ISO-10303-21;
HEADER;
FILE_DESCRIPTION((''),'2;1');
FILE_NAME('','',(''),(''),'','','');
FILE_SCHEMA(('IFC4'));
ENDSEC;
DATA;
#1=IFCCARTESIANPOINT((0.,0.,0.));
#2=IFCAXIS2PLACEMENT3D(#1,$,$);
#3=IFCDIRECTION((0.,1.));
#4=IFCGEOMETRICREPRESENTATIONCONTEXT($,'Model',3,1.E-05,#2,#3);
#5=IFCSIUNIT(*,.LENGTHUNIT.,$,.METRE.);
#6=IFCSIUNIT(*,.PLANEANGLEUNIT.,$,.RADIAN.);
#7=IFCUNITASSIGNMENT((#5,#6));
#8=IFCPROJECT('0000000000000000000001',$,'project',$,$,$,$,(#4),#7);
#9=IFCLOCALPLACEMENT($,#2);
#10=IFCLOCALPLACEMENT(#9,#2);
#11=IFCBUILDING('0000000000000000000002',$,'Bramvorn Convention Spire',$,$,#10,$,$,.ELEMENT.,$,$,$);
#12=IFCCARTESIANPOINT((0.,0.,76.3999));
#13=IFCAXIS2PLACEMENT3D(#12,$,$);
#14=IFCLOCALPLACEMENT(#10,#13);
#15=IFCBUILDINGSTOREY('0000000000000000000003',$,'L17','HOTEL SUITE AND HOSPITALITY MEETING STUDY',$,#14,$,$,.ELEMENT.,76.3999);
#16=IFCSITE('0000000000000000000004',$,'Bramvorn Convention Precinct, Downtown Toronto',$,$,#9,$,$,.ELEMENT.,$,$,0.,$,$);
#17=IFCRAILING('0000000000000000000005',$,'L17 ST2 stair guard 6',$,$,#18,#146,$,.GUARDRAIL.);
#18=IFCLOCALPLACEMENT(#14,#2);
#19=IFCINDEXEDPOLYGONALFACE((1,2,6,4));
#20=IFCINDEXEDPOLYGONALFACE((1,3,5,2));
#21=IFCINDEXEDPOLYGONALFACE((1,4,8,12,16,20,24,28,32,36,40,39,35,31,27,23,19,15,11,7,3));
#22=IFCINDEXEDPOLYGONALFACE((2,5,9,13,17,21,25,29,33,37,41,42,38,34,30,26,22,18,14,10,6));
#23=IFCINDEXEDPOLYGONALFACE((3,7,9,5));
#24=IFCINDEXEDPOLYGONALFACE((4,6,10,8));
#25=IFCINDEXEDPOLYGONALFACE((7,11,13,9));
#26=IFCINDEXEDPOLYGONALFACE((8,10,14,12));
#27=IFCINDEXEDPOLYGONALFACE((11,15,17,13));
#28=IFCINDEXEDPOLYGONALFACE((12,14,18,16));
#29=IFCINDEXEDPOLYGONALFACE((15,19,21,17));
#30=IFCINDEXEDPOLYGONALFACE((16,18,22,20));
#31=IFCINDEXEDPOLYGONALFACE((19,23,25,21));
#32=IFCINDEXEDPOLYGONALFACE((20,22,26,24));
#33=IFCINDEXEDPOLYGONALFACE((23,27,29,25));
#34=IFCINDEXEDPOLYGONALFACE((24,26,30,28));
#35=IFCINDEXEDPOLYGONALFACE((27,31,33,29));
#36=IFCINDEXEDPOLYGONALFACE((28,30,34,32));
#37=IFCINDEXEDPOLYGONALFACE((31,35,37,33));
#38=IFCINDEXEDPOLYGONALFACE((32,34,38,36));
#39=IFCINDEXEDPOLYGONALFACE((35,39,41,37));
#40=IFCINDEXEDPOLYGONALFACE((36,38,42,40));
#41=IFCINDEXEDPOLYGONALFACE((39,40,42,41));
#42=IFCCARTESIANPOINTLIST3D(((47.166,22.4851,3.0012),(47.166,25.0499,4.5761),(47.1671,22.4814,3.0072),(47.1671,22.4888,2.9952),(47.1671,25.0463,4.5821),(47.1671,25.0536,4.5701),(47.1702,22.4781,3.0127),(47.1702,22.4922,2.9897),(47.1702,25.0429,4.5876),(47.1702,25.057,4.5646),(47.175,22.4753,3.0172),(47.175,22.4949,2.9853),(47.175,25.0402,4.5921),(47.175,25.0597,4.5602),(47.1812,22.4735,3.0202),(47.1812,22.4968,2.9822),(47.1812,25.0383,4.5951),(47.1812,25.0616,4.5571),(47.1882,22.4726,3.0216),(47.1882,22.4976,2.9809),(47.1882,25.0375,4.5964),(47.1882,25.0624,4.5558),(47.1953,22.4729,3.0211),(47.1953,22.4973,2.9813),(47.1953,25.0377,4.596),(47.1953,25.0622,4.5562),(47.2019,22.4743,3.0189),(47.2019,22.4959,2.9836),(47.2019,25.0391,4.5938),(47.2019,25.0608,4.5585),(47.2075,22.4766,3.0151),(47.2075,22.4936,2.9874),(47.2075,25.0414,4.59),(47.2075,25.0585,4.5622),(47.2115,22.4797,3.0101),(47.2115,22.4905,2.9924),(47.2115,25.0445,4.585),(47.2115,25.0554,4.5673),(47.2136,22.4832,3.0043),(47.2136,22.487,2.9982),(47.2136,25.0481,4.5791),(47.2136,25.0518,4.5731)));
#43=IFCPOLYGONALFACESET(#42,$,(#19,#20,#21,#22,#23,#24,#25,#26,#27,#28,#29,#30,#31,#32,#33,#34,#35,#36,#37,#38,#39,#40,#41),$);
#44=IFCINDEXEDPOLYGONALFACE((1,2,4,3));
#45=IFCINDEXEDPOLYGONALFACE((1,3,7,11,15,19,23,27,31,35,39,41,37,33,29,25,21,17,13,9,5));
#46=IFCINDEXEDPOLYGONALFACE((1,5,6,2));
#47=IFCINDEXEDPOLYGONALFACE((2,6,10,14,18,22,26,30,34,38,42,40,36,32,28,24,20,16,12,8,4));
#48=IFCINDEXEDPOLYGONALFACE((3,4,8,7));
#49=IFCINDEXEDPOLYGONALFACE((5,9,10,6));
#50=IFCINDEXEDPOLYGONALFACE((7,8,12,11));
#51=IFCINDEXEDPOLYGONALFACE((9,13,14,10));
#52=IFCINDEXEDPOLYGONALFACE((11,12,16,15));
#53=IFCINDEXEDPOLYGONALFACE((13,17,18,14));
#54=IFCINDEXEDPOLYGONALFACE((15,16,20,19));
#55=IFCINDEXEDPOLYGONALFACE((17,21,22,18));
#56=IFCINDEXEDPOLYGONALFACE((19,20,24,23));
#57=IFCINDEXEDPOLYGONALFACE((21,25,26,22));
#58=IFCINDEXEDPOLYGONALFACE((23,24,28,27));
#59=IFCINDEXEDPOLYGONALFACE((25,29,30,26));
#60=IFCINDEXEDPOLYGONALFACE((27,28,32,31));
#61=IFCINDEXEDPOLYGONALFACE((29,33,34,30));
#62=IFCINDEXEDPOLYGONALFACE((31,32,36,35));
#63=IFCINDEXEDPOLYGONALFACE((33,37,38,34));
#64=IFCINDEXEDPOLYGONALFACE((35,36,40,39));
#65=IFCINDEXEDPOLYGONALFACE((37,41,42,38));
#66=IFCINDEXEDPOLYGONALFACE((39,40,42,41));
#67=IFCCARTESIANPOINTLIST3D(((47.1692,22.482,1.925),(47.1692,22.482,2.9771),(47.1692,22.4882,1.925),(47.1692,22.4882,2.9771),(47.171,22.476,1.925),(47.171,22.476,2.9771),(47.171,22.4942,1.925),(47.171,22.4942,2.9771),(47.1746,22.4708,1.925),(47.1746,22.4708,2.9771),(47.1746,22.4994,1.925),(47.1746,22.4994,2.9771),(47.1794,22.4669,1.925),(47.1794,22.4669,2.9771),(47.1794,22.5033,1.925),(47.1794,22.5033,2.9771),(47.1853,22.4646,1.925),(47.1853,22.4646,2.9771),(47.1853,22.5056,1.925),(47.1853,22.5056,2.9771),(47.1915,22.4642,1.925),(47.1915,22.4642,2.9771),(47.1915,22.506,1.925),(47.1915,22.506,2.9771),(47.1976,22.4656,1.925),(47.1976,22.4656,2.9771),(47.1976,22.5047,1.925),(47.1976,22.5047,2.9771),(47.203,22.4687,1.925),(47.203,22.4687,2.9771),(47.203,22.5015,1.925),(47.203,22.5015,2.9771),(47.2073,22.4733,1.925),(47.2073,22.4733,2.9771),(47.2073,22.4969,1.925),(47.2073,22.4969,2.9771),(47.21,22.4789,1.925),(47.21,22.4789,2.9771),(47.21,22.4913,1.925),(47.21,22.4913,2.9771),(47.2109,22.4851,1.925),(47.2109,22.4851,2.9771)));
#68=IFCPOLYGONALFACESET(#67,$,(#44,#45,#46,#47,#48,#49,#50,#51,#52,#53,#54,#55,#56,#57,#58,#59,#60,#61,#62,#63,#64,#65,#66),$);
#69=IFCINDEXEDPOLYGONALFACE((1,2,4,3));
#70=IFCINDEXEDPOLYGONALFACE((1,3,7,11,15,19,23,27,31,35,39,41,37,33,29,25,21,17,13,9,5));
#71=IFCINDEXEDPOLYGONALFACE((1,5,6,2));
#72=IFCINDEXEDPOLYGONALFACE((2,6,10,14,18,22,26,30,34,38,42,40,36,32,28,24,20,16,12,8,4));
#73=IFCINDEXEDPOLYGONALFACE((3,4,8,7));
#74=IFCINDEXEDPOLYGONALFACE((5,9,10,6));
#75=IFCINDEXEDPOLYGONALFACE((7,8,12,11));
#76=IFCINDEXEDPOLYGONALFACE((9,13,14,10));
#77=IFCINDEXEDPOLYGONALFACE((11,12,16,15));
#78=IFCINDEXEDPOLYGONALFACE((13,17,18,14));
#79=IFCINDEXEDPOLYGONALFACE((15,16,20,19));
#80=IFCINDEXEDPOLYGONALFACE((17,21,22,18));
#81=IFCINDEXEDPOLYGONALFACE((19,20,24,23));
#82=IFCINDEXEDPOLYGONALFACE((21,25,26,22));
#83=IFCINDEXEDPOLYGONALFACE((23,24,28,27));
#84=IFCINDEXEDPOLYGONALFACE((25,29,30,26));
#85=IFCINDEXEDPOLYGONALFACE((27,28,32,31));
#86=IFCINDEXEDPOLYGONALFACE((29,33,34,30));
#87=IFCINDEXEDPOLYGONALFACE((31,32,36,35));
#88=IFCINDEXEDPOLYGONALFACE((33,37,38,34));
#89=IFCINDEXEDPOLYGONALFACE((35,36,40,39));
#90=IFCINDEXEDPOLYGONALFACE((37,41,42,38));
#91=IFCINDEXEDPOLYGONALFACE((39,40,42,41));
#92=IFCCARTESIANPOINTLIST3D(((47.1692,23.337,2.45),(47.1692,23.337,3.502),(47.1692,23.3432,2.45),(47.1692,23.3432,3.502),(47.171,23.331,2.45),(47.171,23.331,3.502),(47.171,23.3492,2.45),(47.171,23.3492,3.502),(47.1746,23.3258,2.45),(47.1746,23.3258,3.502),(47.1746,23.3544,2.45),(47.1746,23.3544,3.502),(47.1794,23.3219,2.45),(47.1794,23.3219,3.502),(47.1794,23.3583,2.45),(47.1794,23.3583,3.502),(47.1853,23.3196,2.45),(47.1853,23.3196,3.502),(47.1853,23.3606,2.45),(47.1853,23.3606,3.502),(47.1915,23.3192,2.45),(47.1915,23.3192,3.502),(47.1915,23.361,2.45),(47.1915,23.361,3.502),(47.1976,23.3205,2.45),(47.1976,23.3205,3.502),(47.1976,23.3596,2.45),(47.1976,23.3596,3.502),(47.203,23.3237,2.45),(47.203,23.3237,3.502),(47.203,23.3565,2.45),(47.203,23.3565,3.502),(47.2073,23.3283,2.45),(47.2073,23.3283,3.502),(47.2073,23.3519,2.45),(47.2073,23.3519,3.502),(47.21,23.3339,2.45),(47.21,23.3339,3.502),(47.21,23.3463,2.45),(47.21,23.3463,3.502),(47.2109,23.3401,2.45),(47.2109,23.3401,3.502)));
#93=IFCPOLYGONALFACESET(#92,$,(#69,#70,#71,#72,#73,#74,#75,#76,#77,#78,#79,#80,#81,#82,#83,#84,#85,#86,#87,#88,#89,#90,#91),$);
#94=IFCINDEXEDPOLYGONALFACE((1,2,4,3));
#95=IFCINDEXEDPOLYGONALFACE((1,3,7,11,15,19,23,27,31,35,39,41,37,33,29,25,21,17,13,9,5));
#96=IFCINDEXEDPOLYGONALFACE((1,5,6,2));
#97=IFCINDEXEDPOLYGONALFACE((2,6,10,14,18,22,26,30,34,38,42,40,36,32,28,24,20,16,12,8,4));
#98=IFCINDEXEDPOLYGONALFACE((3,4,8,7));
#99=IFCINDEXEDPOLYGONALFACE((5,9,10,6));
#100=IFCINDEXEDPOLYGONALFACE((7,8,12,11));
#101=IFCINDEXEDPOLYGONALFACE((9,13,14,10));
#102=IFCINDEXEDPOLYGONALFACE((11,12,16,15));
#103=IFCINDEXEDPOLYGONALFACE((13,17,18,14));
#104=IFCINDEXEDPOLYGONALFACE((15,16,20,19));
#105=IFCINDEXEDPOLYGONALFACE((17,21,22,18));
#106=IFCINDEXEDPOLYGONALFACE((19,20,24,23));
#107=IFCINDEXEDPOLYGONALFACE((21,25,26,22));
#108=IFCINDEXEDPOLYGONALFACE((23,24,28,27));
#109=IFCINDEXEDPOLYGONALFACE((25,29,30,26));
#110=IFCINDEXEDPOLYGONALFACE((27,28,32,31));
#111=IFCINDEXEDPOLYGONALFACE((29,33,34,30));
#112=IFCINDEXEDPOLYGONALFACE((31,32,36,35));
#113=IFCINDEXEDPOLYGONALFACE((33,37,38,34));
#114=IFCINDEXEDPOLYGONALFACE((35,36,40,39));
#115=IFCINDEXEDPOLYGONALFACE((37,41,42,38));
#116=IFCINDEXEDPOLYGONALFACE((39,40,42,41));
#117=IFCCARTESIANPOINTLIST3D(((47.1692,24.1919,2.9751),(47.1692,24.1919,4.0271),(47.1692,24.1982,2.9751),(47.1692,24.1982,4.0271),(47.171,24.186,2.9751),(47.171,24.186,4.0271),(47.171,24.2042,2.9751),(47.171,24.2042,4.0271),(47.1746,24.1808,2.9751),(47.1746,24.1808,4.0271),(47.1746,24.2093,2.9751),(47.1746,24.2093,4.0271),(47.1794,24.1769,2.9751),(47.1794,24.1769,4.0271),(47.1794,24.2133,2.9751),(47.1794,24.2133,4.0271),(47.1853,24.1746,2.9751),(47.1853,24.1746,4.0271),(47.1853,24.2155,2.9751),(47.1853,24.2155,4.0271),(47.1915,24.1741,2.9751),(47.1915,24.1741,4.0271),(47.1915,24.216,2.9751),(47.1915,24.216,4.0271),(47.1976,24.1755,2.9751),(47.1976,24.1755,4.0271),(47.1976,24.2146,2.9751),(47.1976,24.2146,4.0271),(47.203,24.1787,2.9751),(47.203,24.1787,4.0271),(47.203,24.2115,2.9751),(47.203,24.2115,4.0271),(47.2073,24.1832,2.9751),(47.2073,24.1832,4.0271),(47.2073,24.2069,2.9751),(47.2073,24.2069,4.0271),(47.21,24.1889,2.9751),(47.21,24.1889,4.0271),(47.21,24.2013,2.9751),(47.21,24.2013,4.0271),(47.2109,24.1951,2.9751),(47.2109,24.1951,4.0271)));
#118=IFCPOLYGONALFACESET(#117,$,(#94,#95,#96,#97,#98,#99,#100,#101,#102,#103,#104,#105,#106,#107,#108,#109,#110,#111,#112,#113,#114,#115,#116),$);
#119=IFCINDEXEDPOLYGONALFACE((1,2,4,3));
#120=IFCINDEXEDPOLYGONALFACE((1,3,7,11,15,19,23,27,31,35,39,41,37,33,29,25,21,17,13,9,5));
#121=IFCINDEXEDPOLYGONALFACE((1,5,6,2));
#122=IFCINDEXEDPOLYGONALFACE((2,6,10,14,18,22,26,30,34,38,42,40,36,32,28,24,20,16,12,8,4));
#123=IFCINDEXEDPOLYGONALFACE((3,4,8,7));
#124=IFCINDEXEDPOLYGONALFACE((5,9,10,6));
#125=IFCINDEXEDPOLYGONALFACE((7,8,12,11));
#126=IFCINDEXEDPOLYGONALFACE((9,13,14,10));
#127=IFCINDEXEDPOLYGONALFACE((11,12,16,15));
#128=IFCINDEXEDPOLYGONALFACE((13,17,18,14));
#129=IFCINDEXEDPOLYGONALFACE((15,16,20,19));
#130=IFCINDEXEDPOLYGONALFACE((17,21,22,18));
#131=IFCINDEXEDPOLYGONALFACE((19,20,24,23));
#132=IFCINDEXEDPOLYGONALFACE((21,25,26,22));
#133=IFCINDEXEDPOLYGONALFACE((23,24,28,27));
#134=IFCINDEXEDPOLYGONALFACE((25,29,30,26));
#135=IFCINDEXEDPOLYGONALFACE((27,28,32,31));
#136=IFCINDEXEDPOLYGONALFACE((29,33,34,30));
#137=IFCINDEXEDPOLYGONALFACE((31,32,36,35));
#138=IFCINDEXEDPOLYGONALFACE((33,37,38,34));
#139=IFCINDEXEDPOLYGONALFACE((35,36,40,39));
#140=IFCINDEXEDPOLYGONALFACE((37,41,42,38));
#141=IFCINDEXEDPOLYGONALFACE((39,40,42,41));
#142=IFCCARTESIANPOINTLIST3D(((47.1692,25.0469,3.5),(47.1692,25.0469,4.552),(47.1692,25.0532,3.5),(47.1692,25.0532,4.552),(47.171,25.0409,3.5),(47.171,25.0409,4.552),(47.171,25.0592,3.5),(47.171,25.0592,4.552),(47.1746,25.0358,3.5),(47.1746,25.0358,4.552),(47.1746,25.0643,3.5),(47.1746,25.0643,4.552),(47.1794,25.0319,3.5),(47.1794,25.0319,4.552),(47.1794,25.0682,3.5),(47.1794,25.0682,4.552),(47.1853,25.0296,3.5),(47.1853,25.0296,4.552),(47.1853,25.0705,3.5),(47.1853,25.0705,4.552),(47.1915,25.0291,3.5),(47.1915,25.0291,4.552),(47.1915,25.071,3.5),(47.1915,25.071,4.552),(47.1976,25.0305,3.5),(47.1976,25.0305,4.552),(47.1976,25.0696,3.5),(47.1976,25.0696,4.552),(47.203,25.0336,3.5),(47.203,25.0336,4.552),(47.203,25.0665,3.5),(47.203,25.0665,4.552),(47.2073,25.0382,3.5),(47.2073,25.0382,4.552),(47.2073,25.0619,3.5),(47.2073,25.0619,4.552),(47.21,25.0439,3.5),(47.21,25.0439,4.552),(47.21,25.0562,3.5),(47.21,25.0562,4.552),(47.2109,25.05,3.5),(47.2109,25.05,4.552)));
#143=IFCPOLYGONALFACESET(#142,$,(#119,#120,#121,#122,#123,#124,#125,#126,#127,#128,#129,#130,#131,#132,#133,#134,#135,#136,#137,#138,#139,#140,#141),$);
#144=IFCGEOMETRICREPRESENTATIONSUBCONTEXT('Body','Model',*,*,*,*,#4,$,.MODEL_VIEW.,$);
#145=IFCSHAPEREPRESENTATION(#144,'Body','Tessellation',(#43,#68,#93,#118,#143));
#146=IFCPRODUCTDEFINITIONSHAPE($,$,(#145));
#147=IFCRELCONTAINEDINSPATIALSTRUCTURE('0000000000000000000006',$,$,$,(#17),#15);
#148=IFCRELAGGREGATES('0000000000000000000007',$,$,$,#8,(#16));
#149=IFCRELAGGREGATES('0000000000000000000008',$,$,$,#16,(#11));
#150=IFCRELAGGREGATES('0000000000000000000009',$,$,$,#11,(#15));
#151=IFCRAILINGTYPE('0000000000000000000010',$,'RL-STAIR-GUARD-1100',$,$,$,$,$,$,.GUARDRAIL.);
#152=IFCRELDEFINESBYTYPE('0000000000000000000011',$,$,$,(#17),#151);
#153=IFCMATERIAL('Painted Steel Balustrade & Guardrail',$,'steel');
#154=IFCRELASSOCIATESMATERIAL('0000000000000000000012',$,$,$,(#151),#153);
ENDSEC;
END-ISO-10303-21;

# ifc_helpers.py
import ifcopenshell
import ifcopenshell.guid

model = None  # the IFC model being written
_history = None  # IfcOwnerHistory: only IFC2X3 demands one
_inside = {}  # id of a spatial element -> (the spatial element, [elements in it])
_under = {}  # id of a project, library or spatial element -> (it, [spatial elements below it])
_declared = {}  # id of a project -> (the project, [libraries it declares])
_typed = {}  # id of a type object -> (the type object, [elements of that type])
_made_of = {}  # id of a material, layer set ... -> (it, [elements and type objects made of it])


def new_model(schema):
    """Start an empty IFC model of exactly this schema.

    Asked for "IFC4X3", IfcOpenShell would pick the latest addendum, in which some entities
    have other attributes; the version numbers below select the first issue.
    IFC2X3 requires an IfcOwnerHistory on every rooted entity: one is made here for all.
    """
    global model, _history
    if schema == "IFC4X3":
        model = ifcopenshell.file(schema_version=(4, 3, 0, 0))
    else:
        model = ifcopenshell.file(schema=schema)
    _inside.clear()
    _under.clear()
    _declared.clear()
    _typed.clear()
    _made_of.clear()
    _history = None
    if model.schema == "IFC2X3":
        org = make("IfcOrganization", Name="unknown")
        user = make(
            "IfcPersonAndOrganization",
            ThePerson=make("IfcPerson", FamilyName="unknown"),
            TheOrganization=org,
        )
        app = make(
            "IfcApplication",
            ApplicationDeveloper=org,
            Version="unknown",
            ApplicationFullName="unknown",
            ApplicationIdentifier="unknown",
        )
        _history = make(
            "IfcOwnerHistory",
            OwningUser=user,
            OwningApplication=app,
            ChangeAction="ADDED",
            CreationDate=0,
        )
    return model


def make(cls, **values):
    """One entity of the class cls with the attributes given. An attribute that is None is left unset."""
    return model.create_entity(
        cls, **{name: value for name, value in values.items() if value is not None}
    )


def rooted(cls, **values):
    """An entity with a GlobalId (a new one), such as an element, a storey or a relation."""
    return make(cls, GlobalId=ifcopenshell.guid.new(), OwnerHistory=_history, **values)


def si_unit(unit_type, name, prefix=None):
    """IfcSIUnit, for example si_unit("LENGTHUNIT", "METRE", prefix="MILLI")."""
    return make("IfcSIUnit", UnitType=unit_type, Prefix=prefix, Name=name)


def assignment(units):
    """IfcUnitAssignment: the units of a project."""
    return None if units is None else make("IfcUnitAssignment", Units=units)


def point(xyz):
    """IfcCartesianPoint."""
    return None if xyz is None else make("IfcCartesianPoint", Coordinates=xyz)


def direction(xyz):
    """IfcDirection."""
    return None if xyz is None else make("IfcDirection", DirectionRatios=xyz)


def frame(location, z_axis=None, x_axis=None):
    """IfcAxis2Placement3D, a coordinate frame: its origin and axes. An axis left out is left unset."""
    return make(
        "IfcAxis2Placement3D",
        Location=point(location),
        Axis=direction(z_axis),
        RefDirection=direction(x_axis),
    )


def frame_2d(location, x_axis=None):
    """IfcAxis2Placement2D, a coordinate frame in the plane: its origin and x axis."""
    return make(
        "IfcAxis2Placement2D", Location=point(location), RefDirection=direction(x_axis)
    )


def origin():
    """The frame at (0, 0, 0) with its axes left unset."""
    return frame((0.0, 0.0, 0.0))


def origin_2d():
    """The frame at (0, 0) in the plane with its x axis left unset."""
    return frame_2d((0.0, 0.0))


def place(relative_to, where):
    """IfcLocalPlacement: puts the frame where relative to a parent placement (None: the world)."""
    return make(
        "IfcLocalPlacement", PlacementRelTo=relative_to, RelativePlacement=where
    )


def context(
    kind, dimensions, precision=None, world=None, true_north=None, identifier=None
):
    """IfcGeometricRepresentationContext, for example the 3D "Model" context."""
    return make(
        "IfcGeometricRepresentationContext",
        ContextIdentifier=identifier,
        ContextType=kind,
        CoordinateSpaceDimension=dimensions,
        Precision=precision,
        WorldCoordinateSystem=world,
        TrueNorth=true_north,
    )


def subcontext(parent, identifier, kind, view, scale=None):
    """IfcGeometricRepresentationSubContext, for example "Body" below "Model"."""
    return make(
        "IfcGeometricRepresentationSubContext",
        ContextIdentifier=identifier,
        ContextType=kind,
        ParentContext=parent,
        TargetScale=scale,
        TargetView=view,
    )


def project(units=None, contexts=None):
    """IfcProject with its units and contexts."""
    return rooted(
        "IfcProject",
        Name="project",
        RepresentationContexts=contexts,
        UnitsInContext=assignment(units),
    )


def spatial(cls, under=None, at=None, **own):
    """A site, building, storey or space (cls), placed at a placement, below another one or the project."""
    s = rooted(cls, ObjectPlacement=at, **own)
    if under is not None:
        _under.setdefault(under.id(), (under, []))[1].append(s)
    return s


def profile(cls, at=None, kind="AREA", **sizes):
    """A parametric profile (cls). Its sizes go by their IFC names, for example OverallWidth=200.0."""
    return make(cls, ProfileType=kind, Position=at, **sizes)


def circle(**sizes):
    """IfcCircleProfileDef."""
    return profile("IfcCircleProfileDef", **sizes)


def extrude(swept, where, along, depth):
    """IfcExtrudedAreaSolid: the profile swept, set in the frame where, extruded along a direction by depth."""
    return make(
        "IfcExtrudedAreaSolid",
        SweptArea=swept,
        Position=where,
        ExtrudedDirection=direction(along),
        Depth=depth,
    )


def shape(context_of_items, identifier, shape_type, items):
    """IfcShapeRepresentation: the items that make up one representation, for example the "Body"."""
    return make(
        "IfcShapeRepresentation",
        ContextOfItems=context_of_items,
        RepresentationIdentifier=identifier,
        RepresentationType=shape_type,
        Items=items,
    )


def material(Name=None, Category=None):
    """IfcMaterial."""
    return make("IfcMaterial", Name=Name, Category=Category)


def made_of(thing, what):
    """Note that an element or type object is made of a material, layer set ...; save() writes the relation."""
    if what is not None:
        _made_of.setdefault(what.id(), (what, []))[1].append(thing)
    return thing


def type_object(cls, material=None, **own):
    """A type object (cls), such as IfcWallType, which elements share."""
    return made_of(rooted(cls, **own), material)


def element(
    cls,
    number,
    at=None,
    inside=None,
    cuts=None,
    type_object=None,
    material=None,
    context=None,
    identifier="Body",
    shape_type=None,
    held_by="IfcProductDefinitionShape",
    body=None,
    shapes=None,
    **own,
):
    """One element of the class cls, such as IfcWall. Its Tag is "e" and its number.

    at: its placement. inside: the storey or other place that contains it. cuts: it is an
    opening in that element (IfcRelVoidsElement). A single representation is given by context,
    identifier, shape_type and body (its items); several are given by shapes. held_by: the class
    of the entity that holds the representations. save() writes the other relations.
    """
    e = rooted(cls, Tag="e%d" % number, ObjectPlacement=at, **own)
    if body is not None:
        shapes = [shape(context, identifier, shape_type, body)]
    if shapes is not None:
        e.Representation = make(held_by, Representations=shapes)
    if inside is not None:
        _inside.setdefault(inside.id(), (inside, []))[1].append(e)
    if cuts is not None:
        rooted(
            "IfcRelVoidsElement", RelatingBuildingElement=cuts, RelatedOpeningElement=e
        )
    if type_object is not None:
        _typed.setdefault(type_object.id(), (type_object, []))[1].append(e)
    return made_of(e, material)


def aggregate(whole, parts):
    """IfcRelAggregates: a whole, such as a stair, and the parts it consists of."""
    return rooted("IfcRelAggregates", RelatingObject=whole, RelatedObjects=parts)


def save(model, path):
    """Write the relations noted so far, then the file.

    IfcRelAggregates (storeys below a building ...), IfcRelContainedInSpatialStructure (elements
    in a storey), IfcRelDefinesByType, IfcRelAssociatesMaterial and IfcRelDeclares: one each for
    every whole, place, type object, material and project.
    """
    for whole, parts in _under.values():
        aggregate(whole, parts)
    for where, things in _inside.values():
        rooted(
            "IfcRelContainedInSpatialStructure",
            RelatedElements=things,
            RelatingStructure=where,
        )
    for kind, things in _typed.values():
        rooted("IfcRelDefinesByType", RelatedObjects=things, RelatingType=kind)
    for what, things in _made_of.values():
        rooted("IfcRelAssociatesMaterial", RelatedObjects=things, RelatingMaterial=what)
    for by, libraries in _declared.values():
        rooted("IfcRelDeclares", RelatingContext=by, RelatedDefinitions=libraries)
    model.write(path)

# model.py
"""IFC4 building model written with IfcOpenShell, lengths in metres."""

from ifc_helpers import new_model, si_unit, direction, frame, origin, origin_2d, place, context, subcontext, project, spatial, circle, extrude, material, type_object, element, save


model = new_model("IFC4")

# Units and contexts
model_context = context("Model", 3, precision=1e-05, world=origin(), true_north=direction((0.0, 1.0)))
body_context = subcontext(model_context, "Body", "Model", "MODEL_VIEW")
ifc_project = project(units=[si_unit("LENGTHUNIT", "METRE"), si_unit("PLANEANGLEUNIT", "RADIAN")], contexts=[model_context])

# Site, building, storey
site_placement = place(None, origin())
site = spatial("IfcSite", under=ifc_project, at=site_placement, Name="Bramvorn Convention Precinct, Downtown Toronto", CompositionType="ELEMENT", RefElevation=0.0)
building_placement = place(site_placement, origin())
building = spatial("IfcBuilding", under=site, at=building_placement, Name="Bramvorn Convention Spire", CompositionType="ELEMENT")
storey_placement = place(building_placement, frame((0.0, 0.0, 76.3999)))
storey = spatial("IfcBuildingStorey", under=building, at=storey_placement, Name="L17", Description="HOTEL SUITE AND HOSPITALITY MEETING STUDY", CompositionType="ELEMENT", Elevation=76.3999)

# Railing
ifc_material_1 = material(Name="Painted Steel Balustrade & Guardrail", Category="steel")
railing_type_1 = type_object("IfcRailingType", Name="RL-STAIR-GUARD-1100", PredefinedType="GUARDRAIL", material=ifc_material_1)
railing_1_placement = place(storey_placement, frame((47.1899, 22.4851, 1.925)))
element("IfcRailing", 1, at=railing_1_placement, inside=storey, type_object=railing_type_1, Name="L17 ST2 stair guard 6", PredefinedType="GUARDRAIL", context=body_context, shape_type="SweptSolid", body=[
    extrude(circle(Radius=0.0239, at=origin_2d()), frame((0.0, 0.0, 1.0762), z_axis=(0.0, 0.852173, 0.52326), x_axis=(-1.0, 0.0, 0.0)), (0.0, 0.0, 1.0), 3.0098),
    extrude(circle(Radius=0.021, at=origin_2d()), origin(), (0.0, 0.0, 1.0), 1.052),
    extrude(circle(Radius=0.021, at=origin_2d()), frame((0.0, 0.855, 0.5249)), (0.0, 0.0, 1.0), 1.052),
    extrude(circle(Radius=0.021, at=origin_2d()), frame((0.0, 1.71, 1.05)), (0.0, 0.0, 1.0), 1.052),
    extrude(circle(Radius=0.021, at=origin_2d()), frame((0.0, 2.5649, 1.575)), (0.0, 0.0, 1.0), 1.052),
])

save(model, "model.ifc")
